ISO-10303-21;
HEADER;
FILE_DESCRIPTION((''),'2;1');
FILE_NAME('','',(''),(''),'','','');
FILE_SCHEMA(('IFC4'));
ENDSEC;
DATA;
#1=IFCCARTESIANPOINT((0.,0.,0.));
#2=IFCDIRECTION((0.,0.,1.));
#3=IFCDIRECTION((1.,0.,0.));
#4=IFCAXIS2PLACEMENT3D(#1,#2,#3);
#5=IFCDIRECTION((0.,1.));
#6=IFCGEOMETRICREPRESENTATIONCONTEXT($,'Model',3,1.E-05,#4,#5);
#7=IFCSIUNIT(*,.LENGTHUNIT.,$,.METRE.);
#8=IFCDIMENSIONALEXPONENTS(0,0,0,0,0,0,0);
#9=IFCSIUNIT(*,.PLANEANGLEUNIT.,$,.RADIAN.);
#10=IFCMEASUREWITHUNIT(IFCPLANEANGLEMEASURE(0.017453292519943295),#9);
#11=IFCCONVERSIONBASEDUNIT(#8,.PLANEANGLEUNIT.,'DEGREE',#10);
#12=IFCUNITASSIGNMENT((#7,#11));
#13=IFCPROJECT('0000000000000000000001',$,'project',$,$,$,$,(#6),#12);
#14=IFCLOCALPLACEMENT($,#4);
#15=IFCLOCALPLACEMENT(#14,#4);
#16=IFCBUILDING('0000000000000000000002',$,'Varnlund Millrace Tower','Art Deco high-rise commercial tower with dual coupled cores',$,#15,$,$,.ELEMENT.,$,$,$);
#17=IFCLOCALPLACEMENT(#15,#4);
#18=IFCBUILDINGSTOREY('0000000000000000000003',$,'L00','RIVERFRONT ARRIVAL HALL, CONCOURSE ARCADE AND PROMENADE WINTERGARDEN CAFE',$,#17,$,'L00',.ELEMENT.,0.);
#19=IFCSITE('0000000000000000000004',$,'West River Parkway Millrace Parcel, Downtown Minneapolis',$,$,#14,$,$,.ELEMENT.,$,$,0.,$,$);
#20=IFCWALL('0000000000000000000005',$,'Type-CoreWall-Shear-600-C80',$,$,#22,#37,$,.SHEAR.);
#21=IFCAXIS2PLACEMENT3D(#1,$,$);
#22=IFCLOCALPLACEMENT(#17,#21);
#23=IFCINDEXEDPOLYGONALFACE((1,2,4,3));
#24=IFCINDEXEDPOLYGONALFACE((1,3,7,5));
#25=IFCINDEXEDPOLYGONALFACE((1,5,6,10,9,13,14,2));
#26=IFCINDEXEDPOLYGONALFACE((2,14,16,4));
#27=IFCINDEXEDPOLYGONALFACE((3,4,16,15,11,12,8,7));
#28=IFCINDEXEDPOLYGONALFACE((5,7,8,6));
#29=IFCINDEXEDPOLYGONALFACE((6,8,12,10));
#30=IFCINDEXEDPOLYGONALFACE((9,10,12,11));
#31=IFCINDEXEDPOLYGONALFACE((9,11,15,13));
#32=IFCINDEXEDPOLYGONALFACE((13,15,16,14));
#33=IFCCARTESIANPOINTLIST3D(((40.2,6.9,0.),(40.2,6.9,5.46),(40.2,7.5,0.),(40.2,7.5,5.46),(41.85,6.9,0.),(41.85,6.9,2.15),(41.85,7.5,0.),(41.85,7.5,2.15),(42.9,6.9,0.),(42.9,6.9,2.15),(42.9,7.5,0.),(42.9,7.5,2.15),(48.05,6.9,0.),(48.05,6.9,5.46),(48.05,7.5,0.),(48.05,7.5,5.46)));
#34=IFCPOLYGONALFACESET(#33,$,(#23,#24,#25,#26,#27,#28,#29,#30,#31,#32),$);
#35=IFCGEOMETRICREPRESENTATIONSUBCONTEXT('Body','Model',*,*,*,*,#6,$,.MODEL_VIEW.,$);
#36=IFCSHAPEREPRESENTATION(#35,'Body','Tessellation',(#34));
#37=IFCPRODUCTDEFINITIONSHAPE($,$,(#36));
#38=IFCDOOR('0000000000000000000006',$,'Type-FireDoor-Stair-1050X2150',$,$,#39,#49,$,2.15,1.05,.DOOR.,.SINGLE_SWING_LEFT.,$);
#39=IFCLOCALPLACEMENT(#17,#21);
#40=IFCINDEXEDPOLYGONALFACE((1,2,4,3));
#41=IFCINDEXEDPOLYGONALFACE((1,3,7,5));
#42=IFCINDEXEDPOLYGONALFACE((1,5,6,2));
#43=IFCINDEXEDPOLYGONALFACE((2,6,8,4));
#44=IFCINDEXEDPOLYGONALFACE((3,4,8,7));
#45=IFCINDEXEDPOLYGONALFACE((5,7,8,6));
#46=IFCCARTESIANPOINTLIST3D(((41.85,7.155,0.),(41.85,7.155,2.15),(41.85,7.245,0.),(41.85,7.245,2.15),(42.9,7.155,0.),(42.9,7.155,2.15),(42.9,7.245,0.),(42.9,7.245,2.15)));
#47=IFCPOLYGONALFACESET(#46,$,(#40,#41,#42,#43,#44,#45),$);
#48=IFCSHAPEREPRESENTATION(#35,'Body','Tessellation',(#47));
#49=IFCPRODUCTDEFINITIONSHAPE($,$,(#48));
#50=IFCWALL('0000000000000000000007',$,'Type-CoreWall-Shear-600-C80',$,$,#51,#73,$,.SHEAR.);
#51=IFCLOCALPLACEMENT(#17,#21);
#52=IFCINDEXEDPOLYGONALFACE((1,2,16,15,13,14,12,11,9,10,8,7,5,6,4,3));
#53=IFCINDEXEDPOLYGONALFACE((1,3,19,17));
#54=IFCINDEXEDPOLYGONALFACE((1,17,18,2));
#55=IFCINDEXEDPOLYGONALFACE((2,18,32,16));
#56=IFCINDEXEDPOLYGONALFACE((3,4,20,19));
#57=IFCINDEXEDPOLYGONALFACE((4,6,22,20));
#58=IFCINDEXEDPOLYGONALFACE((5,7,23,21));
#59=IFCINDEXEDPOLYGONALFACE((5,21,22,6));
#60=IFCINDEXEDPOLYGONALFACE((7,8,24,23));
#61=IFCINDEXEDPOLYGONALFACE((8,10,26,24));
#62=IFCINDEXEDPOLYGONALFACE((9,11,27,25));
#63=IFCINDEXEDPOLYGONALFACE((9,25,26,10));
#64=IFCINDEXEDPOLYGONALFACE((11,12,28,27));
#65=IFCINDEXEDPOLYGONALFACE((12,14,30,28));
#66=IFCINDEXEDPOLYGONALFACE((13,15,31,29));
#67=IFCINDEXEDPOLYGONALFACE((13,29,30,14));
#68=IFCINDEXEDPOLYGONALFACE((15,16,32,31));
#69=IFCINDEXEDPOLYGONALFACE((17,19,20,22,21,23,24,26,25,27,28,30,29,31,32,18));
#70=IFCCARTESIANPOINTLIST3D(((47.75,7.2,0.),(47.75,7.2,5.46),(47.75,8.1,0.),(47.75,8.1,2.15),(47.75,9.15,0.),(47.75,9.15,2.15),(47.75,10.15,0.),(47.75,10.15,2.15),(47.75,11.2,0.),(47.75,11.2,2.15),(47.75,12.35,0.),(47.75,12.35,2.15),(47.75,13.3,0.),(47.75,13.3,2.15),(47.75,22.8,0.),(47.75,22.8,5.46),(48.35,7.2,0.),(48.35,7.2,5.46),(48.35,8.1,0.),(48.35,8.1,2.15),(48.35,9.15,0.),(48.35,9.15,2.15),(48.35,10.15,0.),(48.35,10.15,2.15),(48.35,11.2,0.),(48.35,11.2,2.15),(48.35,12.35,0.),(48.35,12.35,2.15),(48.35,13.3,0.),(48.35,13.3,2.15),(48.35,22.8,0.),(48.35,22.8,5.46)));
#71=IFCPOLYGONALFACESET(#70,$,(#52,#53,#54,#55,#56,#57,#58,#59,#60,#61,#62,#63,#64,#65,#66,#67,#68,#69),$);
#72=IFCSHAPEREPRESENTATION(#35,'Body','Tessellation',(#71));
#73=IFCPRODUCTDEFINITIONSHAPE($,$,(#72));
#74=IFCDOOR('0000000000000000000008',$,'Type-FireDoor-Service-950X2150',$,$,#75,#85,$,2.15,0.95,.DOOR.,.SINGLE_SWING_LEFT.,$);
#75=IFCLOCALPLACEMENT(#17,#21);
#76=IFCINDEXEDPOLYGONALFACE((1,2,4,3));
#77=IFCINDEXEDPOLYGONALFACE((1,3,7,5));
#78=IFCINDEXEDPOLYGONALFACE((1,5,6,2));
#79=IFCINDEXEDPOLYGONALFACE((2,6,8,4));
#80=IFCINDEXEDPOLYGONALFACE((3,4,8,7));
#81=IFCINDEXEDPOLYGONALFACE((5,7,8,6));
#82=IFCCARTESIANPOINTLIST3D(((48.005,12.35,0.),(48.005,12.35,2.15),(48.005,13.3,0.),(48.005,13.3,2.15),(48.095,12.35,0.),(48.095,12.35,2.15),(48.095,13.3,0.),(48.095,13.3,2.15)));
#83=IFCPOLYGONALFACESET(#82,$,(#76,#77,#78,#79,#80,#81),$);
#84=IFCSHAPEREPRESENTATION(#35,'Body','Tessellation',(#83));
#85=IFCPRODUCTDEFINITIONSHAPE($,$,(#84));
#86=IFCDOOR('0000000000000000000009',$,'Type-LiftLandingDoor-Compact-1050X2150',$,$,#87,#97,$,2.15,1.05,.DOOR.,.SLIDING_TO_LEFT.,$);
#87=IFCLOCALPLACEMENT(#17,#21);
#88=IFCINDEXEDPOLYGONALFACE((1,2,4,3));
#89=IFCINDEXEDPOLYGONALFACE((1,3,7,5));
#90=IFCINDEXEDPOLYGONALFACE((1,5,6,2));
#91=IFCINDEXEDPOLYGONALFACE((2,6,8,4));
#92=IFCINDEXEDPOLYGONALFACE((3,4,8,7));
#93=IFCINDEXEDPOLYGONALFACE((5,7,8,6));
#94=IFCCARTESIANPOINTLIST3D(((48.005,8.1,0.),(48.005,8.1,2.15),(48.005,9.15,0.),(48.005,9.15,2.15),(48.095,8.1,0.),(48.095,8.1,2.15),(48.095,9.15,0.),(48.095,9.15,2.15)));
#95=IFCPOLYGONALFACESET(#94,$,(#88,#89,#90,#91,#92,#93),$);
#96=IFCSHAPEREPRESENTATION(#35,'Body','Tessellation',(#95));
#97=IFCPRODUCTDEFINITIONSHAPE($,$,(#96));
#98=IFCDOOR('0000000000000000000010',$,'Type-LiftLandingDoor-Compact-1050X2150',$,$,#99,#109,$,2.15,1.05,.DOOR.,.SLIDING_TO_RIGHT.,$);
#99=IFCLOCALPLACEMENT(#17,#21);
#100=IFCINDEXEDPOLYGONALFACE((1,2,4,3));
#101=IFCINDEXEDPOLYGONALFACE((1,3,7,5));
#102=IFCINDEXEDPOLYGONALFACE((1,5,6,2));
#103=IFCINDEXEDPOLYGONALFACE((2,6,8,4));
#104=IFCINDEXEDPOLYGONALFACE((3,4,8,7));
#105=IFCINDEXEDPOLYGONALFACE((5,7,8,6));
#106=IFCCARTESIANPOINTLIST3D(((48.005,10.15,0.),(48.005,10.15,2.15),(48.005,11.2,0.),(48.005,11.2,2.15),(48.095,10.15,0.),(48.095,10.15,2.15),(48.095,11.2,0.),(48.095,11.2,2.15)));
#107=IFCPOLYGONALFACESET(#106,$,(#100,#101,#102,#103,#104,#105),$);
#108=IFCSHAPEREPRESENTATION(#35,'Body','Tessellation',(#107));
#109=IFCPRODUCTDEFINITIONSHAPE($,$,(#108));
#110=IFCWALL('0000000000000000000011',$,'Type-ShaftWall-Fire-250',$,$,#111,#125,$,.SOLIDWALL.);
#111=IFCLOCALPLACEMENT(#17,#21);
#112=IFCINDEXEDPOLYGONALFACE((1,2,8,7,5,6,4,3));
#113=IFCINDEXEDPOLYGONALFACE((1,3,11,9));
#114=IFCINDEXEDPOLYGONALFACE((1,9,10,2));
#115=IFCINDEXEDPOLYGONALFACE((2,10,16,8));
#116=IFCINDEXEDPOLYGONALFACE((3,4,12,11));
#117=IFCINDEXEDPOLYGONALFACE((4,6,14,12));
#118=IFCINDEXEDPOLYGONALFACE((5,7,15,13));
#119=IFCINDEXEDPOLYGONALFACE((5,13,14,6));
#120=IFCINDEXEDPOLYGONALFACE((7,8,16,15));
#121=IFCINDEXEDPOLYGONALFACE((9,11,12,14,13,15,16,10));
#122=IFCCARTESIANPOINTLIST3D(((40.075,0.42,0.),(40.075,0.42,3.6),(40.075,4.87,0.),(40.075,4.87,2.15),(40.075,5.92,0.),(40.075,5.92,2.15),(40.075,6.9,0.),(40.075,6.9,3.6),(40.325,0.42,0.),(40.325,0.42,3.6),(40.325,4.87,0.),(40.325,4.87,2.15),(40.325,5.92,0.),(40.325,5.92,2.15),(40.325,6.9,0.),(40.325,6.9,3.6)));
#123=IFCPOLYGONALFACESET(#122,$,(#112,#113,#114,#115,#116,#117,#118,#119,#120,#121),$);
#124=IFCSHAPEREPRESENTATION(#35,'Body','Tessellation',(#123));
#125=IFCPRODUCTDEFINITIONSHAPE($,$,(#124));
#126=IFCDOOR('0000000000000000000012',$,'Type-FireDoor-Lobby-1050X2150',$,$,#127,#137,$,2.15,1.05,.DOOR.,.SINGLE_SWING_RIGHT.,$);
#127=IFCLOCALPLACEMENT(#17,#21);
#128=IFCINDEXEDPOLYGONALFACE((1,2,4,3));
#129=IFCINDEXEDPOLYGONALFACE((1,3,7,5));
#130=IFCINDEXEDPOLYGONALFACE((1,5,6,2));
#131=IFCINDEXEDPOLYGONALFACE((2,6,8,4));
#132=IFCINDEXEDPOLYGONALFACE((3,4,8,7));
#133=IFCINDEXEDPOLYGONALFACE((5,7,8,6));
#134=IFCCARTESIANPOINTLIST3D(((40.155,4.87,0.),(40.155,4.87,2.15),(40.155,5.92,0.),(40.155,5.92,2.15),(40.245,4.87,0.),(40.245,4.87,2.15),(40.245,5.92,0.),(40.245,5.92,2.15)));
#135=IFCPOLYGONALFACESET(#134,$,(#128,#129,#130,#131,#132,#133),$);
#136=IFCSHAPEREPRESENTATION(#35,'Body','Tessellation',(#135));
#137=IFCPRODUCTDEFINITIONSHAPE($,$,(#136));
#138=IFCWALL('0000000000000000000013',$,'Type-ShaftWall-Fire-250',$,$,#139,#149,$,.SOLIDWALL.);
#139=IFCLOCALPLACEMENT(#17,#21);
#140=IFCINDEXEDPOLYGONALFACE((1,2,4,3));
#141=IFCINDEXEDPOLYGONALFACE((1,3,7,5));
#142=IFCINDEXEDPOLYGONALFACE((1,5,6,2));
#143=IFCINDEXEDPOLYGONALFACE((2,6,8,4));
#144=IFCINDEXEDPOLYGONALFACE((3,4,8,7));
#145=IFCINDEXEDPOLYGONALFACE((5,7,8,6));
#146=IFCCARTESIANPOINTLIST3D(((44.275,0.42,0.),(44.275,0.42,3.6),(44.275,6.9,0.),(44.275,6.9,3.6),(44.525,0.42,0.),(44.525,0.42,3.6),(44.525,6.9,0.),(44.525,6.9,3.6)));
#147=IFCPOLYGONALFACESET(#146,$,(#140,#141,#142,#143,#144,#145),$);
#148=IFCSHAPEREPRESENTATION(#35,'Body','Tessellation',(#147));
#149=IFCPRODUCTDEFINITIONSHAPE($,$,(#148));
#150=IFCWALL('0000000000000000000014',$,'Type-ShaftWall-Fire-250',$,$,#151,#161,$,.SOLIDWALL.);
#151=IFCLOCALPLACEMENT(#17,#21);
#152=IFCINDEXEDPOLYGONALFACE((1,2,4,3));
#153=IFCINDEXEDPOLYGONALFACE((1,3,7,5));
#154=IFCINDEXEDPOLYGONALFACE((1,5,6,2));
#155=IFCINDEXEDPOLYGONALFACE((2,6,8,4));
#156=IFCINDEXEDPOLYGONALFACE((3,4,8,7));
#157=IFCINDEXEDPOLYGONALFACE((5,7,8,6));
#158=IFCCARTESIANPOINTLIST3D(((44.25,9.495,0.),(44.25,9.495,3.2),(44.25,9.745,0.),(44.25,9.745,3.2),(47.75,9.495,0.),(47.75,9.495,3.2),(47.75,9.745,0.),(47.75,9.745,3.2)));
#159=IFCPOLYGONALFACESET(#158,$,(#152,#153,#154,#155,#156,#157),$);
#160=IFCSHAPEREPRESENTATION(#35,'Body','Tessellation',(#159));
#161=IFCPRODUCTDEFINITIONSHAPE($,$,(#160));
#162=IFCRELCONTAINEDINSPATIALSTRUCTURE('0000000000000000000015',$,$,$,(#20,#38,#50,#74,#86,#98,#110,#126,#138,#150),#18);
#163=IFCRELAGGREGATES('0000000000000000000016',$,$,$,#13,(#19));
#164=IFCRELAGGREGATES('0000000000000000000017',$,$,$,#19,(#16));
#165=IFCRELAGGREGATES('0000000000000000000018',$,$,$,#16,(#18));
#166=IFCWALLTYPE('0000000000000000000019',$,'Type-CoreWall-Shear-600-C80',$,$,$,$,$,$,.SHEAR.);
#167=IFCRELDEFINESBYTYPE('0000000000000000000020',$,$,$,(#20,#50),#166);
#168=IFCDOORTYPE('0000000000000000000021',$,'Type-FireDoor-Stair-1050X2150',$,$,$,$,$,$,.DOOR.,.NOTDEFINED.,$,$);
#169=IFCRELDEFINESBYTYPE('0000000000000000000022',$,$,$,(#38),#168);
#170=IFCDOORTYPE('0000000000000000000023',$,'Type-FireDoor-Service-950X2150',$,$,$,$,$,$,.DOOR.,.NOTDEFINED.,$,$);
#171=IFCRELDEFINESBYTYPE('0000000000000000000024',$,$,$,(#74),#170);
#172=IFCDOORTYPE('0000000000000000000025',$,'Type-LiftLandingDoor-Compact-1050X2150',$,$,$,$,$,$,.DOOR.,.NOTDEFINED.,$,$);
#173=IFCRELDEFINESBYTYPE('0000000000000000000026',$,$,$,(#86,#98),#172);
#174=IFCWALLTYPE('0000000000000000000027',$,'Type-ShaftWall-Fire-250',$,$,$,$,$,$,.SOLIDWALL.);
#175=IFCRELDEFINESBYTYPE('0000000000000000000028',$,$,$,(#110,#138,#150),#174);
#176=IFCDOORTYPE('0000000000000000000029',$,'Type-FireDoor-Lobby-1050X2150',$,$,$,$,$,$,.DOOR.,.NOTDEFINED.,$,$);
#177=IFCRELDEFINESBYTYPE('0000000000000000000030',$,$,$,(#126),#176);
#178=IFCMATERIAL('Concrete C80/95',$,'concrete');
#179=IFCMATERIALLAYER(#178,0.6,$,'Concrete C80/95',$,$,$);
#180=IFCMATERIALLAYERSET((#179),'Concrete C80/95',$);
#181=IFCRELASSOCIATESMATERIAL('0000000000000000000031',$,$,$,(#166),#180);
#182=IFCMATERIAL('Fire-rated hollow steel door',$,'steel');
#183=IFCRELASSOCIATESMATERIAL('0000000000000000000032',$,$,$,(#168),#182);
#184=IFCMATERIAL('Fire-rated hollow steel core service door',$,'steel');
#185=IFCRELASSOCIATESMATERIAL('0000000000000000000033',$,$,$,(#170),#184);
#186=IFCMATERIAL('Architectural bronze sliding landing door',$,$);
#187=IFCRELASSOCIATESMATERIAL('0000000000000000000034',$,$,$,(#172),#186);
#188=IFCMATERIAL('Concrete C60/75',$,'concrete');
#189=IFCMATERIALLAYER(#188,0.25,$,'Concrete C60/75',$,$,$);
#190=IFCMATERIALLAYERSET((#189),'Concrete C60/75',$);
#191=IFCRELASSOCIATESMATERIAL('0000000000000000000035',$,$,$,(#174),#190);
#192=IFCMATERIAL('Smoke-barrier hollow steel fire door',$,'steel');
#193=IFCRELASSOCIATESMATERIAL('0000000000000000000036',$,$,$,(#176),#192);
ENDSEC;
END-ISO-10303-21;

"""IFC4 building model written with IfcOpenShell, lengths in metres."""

from ifc_helpers import new_model, entity, si_unit, converted_unit, direction, frame, origin_with_axes, origin_2d_with_axis, place, context, subcontext, project, spatial, polyline, rectangle, outline, extrude, material, layer, layer_set, type_object, element, fill, save


model = new_model("IFC4")

# Units and contexts
model_context = context("Model", 3, precision=1e-05, world=origin_with_axes(), true_north=direction((0.0, 1.0)))
body_context = subcontext(model_context, "Body", "Model", "MODEL_VIEW")
ifc_project = project(units=[si_unit("LENGTHUNIT", "METRE"), converted_unit("PLANEANGLEUNIT", "DEGREE", entity("IfcPlaneAngleMeasure", 0.017453292519943295), si_unit("PLANEANGLEUNIT", "RADIAN"), dimensions=[0, 0, 0, 0, 0, 0, 0])], contexts=[model_context])

# Site, building, storey
site_placement = place(None, origin_with_axes())
site = spatial("IfcSite", under=ifc_project, at=site_placement, Name="West River Parkway Millrace Parcel, Downtown Minneapolis", CompositionType="ELEMENT", RefElevation=0.0)
building_placement = place(site_placement, origin_with_axes())
building = spatial("IfcBuilding", under=site, at=building_placement, Name="Varnlund Millrace Tower", Description="Art Deco high-rise commercial tower with dual coupled cores", CompositionType="ELEMENT")
storey_placement = place(building_placement, origin_with_axes())
storey = spatial("IfcBuildingStorey", under=building, at=storey_placement, Name="L00", Description="RIVERFRONT ARRIVAL HALL, CONCOURSE ARCADE AND PROMENADE WINTERGARDEN CAFE", LongName="L00", CompositionType="ELEMENT", Elevation=0.0)

# Shared definitions
ifc_material_1 = material(Name="Concrete C80/95", Category="concrete")

# Shared definitions
ifc_layer_1 = layer(ifc_material_1, 0.6, Name="Concrete C80/95")
ifc_layer_set_1 = layer_set([ifc_layer_1], Name="Concrete C80/95")
wall_type_1 = type_object("IfcWallType", Name="Type-CoreWall-Shear-600-C80", PredefinedType="SHEAR", material=ifc_layer_set_1)

# Wall, opening, door
wall_1_placement = place(storey_placement, frame((40.2, 7.2, 0.0), z_axis=(0.0, 0.0, 1.0), x_axis=(1.0, 0.0, 0.0)))
wall_1 = element("IfcWall", 1, at=wall_1_placement, inside=storey, type_object=wall_type_1, Name="Type-CoreWall-Shear-600-C80", PredefinedType="SHEAR", context=body_context, shape_type="SweptSolid", body=[
    extrude(outline(polyline([(0.0, -0.3), (7.85, -0.3), (7.85, 0.3), (0.0, 0.3), (0.0, -0.3)])), origin_with_axes(), (0.0, 0.0, 1.0), 5.46),
])
opening_1_placement = place(wall_1_placement, frame((2.175, 0.0, 0.0), z_axis=(0.0, 0.0, 1.0), x_axis=(1.0, 0.0, 0.0)))
opening_1 = element("IfcOpeningElement", 2, at=opening_1_placement, cuts=wall_1, PredefinedType="OPENING", context=body_context, shape_type="SweptSolid", body=[
    extrude(rectangle(XDim=1.05, YDim=0.62, at=origin_2d_with_axis()), origin_with_axes(), (0.0, 0.0, 1.0), 2.15),
])
ifc_material_2 = material(Name="Fire-rated hollow steel door", Category="steel")
door_type_1 = type_object("IfcDoorType", Name="Type-FireDoor-Stair-1050X2150", OperationType="NOTDEFINED", PredefinedType="DOOR", material=ifc_material_2)
door_1_placement = place(wall_1_placement, frame((2.175, 0.0, 0.0), z_axis=(0.0, 0.0, 1.0), x_axis=(1.0, 0.0, 0.0)))
door_1 = element("IfcDoor", 3, at=door_1_placement, inside=storey, type_object=door_type_1, Name="Type-FireDoor-Stair-1050X2150", OperationType="SINGLE_SWING_LEFT", OverallHeight=2.15, OverallWidth=1.05, PredefinedType="DOOR", context=body_context, shape_type="SweptSolid", body=[
    extrude(rectangle(XDim=1.05, YDim=0.09, at=origin_2d_with_axis()), origin_with_axes(), (0.0, 0.0, 1.0), 2.15),
])
fill(opening_1, door_1)

# Wall, openings, doors
wall_2_placement = place(storey_placement, frame((48.05, 7.2, 0.0), z_axis=(0.0, 0.0, 1.0), x_axis=(0.0, 1.0, 0.0)))
wall_2 = element("IfcWall", 4, at=wall_2_placement, inside=storey, type_object=wall_type_1, Name="Type-CoreWall-Shear-600-C80", PredefinedType="SHEAR", context=body_context, shape_type="SweptSolid", body=[
    extrude(outline(polyline([(0.0, -0.3), (15.6, -0.3), (15.6, 0.3), (0.0, 0.3), (0.0, -0.3)])), origin_with_axes(), (0.0, 0.0, 1.0), 5.46),
])
opening_2_placement = place(wall_2_placement, frame((1.425, 0.0, 0.0), z_axis=(0.0, 0.0, 1.0), x_axis=(1.0, 0.0, 0.0)))
opening_2 = element("IfcOpeningElement", 5, at=opening_2_placement, cuts=wall_2, PredefinedType="OPENING", context=body_context, shape_type="SweptSolid", body=[
    extrude(rectangle(XDim=1.05, YDim=0.62, at=origin_2d_with_axis()), origin_with_axes(), (0.0, 0.0, 1.0), 2.15),
])
opening_3_placement = place(wall_2_placement, frame((3.475, 0.0, 0.0), z_axis=(0.0, 0.0, 1.0), x_axis=(1.0, 0.0, 0.0)))
opening_3 = element("IfcOpeningElement", 6, at=opening_3_placement, cuts=wall_2, PredefinedType="OPENING", context=body_context, shape_type="SweptSolid", body=[
    extrude(rectangle(XDim=1.05, YDim=0.62, at=origin_2d_with_axis()), origin_with_axes(), (0.0, 0.0, 1.0), 2.15),
])
opening_4_placement = place(wall_2_placement, frame((5.625, 0.0, 0.0), z_axis=(0.0, 0.0, 1.0), x_axis=(1.0, 0.0, 0.0)))
opening_4 = element("IfcOpeningElement", 7, at=opening_4_placement, cuts=wall_2, PredefinedType="OPENING", context=body_context, shape_type="SweptSolid", body=[
    extrude(rectangle(XDim=0.95, YDim=0.62, at=origin_2d_with_axis()), origin_with_axes(), (0.0, 0.0, 1.0), 2.15),
])
ifc_material_3 = material(Name="Fire-rated hollow steel core service door", Category="steel")
door_type_2 = type_object("IfcDoorType", Name="Type-FireDoor-Service-950X2150", OperationType="NOTDEFINED", PredefinedType="DOOR", material=ifc_material_3)
door_2_placement = place(wall_2_placement, frame((5.625, 0.0, 0.0), z_axis=(0.0, 0.0, 1.0), x_axis=(1.0, 0.0, 0.0)))
door_2 = element("IfcDoor", 8, at=door_2_placement, inside=storey, type_object=door_type_2, Name="Type-FireDoor-Service-950X2150", OperationType="SINGLE_SWING_LEFT", OverallHeight=2.15, OverallWidth=0.95, PredefinedType="DOOR", context=body_context, shape_type="SweptSolid", body=[
    extrude(rectangle(XDim=0.95, YDim=0.09, at=origin_2d_with_axis()), origin_with_axes(), (0.0, 0.0, 1.0), 2.15),
])
fill(opening_4, door_2)
ifc_material_4 = material(Name="Architectural bronze sliding landing door")
door_type_3 = type_object("IfcDoorType", Name="Type-LiftLandingDoor-Compact-1050X2150", OperationType="NOTDEFINED", PredefinedType="DOOR", material=ifc_material_4)
door_3_placement = place(wall_2_placement, frame((1.425, 0.0, 0.0), z_axis=(0.0, 0.0, 1.0), x_axis=(1.0, 0.0, 0.0)))
door_3 = element("IfcDoor", 9, at=door_3_placement, inside=storey, type_object=door_type_3, Name="Type-LiftLandingDoor-Compact-1050X2150", OperationType="SLIDING_TO_LEFT", OverallHeight=2.15, OverallWidth=1.05, PredefinedType="DOOR", context=body_context, shape_type="SweptSolid", body=[
    extrude(rectangle(XDim=1.05, YDim=0.09, at=origin_2d_with_axis()), origin_with_axes(), (0.0, 0.0, 1.0), 2.15),
])
fill(opening_2, door_3)
door_4_placement = place(wall_2_placement, frame((3.475, 0.0, 0.0), z_axis=(0.0, 0.0, 1.0), x_axis=(1.0, 0.0, 0.0)))
door_4 = element("IfcDoor", 10, at=door_4_placement, inside=storey, type_object=door_type_3, Name="Type-LiftLandingDoor-Compact-1050X2150", OperationType="SLIDING_TO_RIGHT", OverallHeight=2.15, OverallWidth=1.05, PredefinedType="DOOR", context=body_context, shape_type="SweptSolid", body=[
    extrude(rectangle(XDim=1.05, YDim=0.09, at=origin_2d_with_axis()), origin_with_axes(), (0.0, 0.0, 1.0), 2.15),
])
fill(opening_3, door_4)

# Wall, opening, door
ifc_material_5 = material(Name="Concrete C60/75", Category="concrete")
ifc_layer_2 = layer(ifc_material_5, 0.25, Name="Concrete C60/75")
ifc_layer_set_2 = layer_set([ifc_layer_2], Name="Concrete C60/75")
wall_type_2 = type_object("IfcWallType", Name="Type-ShaftWall-Fire-250", PredefinedType="SOLIDWALL", material=ifc_layer_set_2)
wall_3_placement = place(storey_placement, frame((40.2, 0.42, 0.0), z_axis=(0.0, 0.0, 1.0), x_axis=(0.0, 1.0, 0.0)))
wall_3 = element("IfcWall", 11, at=wall_3_placement, inside=storey, type_object=wall_type_2, Name="Type-ShaftWall-Fire-250", PredefinedType="SOLIDWALL", context=body_context, shape_type="SweptSolid", body=[
    extrude(outline(polyline([(0.0, -0.125), (6.48, -0.125), (6.48, 0.125), (0.0, 0.125), (0.0, -0.125)])), origin_with_axes(), (0.0, 0.0, 1.0), 3.6),
])
opening_5_placement = place(wall_3_placement, frame((4.975, 0.0, 0.0), z_axis=(0.0, 0.0, 1.0), x_axis=(1.0, 0.0, 0.0)))
opening_5 = element("IfcOpeningElement", 12, at=opening_5_placement, cuts=wall_3, PredefinedType="OPENING", context=body_context, shape_type="SweptSolid", body=[
    extrude(rectangle(XDim=1.05, YDim=0.27, at=origin_2d_with_axis()), origin_with_axes(), (0.0, 0.0, 1.0), 2.15),
])
ifc_material_6 = material(Name="Smoke-barrier hollow steel fire door", Category="steel")
door_type_4 = type_object("IfcDoorType", Name="Type-FireDoor-Lobby-1050X2150", OperationType="NOTDEFINED", PredefinedType="DOOR", material=ifc_material_6)
door_5_placement = place(wall_3_placement, frame((4.975, 0.0, 0.0), z_axis=(0.0, 0.0, 1.0), x_axis=(1.0, 0.0, 0.0)))
door_5 = element("IfcDoor", 13, at=door_5_placement, inside=storey, type_object=door_type_4, Name="Type-FireDoor-Lobby-1050X2150", OperationType="SINGLE_SWING_RIGHT", OverallHeight=2.15, OverallWidth=1.05, PredefinedType="DOOR", context=body_context, shape_type="SweptSolid", body=[
    extrude(rectangle(XDim=1.05, YDim=0.09, at=origin_2d_with_axis()), origin_with_axes(), (0.0, 0.0, 1.0), 2.15),
])
fill(opening_5, door_5)

# Walls
wall_4_placement = place(storey_placement, frame((44.4, 0.42, 0.0), z_axis=(0.0, 0.0, 1.0), x_axis=(0.0, 1.0, 0.0)))
element("IfcWall", 14, at=wall_4_placement, inside=storey, type_object=wall_type_2, Name="Type-ShaftWall-Fire-250", PredefinedType="SOLIDWALL", context=body_context, shape_type="SweptSolid", body=[
    extrude(outline(polyline([(0.0, -0.125), (6.48, -0.125), (6.48, 0.125), (0.0, 0.125), (0.0, -0.125)])), origin_with_axes(), (0.0, 0.0, 1.0), 3.6),
])
wall_5_placement = place(storey_placement, frame((44.25, 9.62, 0.0), z_axis=(0.0, 0.0, 1.0), x_axis=(1.0, 0.0, 0.0)))
element("IfcWall", 15, at=wall_5_placement, inside=storey, type_object=wall_type_2, Name="Type-ShaftWall-Fire-250", PredefinedType="SOLIDWALL", context=body_context, shape_type="SweptSolid", body=[
    extrude(outline(polyline([(0.0, -0.125), (3.5, -0.125), (3.5, 0.125), (0.0, 0.125), (0.0, -0.125)])), origin_with_axes(), (0.0, 0.0, 1.0), 3.2),
])

save(model, "model.ifc")
